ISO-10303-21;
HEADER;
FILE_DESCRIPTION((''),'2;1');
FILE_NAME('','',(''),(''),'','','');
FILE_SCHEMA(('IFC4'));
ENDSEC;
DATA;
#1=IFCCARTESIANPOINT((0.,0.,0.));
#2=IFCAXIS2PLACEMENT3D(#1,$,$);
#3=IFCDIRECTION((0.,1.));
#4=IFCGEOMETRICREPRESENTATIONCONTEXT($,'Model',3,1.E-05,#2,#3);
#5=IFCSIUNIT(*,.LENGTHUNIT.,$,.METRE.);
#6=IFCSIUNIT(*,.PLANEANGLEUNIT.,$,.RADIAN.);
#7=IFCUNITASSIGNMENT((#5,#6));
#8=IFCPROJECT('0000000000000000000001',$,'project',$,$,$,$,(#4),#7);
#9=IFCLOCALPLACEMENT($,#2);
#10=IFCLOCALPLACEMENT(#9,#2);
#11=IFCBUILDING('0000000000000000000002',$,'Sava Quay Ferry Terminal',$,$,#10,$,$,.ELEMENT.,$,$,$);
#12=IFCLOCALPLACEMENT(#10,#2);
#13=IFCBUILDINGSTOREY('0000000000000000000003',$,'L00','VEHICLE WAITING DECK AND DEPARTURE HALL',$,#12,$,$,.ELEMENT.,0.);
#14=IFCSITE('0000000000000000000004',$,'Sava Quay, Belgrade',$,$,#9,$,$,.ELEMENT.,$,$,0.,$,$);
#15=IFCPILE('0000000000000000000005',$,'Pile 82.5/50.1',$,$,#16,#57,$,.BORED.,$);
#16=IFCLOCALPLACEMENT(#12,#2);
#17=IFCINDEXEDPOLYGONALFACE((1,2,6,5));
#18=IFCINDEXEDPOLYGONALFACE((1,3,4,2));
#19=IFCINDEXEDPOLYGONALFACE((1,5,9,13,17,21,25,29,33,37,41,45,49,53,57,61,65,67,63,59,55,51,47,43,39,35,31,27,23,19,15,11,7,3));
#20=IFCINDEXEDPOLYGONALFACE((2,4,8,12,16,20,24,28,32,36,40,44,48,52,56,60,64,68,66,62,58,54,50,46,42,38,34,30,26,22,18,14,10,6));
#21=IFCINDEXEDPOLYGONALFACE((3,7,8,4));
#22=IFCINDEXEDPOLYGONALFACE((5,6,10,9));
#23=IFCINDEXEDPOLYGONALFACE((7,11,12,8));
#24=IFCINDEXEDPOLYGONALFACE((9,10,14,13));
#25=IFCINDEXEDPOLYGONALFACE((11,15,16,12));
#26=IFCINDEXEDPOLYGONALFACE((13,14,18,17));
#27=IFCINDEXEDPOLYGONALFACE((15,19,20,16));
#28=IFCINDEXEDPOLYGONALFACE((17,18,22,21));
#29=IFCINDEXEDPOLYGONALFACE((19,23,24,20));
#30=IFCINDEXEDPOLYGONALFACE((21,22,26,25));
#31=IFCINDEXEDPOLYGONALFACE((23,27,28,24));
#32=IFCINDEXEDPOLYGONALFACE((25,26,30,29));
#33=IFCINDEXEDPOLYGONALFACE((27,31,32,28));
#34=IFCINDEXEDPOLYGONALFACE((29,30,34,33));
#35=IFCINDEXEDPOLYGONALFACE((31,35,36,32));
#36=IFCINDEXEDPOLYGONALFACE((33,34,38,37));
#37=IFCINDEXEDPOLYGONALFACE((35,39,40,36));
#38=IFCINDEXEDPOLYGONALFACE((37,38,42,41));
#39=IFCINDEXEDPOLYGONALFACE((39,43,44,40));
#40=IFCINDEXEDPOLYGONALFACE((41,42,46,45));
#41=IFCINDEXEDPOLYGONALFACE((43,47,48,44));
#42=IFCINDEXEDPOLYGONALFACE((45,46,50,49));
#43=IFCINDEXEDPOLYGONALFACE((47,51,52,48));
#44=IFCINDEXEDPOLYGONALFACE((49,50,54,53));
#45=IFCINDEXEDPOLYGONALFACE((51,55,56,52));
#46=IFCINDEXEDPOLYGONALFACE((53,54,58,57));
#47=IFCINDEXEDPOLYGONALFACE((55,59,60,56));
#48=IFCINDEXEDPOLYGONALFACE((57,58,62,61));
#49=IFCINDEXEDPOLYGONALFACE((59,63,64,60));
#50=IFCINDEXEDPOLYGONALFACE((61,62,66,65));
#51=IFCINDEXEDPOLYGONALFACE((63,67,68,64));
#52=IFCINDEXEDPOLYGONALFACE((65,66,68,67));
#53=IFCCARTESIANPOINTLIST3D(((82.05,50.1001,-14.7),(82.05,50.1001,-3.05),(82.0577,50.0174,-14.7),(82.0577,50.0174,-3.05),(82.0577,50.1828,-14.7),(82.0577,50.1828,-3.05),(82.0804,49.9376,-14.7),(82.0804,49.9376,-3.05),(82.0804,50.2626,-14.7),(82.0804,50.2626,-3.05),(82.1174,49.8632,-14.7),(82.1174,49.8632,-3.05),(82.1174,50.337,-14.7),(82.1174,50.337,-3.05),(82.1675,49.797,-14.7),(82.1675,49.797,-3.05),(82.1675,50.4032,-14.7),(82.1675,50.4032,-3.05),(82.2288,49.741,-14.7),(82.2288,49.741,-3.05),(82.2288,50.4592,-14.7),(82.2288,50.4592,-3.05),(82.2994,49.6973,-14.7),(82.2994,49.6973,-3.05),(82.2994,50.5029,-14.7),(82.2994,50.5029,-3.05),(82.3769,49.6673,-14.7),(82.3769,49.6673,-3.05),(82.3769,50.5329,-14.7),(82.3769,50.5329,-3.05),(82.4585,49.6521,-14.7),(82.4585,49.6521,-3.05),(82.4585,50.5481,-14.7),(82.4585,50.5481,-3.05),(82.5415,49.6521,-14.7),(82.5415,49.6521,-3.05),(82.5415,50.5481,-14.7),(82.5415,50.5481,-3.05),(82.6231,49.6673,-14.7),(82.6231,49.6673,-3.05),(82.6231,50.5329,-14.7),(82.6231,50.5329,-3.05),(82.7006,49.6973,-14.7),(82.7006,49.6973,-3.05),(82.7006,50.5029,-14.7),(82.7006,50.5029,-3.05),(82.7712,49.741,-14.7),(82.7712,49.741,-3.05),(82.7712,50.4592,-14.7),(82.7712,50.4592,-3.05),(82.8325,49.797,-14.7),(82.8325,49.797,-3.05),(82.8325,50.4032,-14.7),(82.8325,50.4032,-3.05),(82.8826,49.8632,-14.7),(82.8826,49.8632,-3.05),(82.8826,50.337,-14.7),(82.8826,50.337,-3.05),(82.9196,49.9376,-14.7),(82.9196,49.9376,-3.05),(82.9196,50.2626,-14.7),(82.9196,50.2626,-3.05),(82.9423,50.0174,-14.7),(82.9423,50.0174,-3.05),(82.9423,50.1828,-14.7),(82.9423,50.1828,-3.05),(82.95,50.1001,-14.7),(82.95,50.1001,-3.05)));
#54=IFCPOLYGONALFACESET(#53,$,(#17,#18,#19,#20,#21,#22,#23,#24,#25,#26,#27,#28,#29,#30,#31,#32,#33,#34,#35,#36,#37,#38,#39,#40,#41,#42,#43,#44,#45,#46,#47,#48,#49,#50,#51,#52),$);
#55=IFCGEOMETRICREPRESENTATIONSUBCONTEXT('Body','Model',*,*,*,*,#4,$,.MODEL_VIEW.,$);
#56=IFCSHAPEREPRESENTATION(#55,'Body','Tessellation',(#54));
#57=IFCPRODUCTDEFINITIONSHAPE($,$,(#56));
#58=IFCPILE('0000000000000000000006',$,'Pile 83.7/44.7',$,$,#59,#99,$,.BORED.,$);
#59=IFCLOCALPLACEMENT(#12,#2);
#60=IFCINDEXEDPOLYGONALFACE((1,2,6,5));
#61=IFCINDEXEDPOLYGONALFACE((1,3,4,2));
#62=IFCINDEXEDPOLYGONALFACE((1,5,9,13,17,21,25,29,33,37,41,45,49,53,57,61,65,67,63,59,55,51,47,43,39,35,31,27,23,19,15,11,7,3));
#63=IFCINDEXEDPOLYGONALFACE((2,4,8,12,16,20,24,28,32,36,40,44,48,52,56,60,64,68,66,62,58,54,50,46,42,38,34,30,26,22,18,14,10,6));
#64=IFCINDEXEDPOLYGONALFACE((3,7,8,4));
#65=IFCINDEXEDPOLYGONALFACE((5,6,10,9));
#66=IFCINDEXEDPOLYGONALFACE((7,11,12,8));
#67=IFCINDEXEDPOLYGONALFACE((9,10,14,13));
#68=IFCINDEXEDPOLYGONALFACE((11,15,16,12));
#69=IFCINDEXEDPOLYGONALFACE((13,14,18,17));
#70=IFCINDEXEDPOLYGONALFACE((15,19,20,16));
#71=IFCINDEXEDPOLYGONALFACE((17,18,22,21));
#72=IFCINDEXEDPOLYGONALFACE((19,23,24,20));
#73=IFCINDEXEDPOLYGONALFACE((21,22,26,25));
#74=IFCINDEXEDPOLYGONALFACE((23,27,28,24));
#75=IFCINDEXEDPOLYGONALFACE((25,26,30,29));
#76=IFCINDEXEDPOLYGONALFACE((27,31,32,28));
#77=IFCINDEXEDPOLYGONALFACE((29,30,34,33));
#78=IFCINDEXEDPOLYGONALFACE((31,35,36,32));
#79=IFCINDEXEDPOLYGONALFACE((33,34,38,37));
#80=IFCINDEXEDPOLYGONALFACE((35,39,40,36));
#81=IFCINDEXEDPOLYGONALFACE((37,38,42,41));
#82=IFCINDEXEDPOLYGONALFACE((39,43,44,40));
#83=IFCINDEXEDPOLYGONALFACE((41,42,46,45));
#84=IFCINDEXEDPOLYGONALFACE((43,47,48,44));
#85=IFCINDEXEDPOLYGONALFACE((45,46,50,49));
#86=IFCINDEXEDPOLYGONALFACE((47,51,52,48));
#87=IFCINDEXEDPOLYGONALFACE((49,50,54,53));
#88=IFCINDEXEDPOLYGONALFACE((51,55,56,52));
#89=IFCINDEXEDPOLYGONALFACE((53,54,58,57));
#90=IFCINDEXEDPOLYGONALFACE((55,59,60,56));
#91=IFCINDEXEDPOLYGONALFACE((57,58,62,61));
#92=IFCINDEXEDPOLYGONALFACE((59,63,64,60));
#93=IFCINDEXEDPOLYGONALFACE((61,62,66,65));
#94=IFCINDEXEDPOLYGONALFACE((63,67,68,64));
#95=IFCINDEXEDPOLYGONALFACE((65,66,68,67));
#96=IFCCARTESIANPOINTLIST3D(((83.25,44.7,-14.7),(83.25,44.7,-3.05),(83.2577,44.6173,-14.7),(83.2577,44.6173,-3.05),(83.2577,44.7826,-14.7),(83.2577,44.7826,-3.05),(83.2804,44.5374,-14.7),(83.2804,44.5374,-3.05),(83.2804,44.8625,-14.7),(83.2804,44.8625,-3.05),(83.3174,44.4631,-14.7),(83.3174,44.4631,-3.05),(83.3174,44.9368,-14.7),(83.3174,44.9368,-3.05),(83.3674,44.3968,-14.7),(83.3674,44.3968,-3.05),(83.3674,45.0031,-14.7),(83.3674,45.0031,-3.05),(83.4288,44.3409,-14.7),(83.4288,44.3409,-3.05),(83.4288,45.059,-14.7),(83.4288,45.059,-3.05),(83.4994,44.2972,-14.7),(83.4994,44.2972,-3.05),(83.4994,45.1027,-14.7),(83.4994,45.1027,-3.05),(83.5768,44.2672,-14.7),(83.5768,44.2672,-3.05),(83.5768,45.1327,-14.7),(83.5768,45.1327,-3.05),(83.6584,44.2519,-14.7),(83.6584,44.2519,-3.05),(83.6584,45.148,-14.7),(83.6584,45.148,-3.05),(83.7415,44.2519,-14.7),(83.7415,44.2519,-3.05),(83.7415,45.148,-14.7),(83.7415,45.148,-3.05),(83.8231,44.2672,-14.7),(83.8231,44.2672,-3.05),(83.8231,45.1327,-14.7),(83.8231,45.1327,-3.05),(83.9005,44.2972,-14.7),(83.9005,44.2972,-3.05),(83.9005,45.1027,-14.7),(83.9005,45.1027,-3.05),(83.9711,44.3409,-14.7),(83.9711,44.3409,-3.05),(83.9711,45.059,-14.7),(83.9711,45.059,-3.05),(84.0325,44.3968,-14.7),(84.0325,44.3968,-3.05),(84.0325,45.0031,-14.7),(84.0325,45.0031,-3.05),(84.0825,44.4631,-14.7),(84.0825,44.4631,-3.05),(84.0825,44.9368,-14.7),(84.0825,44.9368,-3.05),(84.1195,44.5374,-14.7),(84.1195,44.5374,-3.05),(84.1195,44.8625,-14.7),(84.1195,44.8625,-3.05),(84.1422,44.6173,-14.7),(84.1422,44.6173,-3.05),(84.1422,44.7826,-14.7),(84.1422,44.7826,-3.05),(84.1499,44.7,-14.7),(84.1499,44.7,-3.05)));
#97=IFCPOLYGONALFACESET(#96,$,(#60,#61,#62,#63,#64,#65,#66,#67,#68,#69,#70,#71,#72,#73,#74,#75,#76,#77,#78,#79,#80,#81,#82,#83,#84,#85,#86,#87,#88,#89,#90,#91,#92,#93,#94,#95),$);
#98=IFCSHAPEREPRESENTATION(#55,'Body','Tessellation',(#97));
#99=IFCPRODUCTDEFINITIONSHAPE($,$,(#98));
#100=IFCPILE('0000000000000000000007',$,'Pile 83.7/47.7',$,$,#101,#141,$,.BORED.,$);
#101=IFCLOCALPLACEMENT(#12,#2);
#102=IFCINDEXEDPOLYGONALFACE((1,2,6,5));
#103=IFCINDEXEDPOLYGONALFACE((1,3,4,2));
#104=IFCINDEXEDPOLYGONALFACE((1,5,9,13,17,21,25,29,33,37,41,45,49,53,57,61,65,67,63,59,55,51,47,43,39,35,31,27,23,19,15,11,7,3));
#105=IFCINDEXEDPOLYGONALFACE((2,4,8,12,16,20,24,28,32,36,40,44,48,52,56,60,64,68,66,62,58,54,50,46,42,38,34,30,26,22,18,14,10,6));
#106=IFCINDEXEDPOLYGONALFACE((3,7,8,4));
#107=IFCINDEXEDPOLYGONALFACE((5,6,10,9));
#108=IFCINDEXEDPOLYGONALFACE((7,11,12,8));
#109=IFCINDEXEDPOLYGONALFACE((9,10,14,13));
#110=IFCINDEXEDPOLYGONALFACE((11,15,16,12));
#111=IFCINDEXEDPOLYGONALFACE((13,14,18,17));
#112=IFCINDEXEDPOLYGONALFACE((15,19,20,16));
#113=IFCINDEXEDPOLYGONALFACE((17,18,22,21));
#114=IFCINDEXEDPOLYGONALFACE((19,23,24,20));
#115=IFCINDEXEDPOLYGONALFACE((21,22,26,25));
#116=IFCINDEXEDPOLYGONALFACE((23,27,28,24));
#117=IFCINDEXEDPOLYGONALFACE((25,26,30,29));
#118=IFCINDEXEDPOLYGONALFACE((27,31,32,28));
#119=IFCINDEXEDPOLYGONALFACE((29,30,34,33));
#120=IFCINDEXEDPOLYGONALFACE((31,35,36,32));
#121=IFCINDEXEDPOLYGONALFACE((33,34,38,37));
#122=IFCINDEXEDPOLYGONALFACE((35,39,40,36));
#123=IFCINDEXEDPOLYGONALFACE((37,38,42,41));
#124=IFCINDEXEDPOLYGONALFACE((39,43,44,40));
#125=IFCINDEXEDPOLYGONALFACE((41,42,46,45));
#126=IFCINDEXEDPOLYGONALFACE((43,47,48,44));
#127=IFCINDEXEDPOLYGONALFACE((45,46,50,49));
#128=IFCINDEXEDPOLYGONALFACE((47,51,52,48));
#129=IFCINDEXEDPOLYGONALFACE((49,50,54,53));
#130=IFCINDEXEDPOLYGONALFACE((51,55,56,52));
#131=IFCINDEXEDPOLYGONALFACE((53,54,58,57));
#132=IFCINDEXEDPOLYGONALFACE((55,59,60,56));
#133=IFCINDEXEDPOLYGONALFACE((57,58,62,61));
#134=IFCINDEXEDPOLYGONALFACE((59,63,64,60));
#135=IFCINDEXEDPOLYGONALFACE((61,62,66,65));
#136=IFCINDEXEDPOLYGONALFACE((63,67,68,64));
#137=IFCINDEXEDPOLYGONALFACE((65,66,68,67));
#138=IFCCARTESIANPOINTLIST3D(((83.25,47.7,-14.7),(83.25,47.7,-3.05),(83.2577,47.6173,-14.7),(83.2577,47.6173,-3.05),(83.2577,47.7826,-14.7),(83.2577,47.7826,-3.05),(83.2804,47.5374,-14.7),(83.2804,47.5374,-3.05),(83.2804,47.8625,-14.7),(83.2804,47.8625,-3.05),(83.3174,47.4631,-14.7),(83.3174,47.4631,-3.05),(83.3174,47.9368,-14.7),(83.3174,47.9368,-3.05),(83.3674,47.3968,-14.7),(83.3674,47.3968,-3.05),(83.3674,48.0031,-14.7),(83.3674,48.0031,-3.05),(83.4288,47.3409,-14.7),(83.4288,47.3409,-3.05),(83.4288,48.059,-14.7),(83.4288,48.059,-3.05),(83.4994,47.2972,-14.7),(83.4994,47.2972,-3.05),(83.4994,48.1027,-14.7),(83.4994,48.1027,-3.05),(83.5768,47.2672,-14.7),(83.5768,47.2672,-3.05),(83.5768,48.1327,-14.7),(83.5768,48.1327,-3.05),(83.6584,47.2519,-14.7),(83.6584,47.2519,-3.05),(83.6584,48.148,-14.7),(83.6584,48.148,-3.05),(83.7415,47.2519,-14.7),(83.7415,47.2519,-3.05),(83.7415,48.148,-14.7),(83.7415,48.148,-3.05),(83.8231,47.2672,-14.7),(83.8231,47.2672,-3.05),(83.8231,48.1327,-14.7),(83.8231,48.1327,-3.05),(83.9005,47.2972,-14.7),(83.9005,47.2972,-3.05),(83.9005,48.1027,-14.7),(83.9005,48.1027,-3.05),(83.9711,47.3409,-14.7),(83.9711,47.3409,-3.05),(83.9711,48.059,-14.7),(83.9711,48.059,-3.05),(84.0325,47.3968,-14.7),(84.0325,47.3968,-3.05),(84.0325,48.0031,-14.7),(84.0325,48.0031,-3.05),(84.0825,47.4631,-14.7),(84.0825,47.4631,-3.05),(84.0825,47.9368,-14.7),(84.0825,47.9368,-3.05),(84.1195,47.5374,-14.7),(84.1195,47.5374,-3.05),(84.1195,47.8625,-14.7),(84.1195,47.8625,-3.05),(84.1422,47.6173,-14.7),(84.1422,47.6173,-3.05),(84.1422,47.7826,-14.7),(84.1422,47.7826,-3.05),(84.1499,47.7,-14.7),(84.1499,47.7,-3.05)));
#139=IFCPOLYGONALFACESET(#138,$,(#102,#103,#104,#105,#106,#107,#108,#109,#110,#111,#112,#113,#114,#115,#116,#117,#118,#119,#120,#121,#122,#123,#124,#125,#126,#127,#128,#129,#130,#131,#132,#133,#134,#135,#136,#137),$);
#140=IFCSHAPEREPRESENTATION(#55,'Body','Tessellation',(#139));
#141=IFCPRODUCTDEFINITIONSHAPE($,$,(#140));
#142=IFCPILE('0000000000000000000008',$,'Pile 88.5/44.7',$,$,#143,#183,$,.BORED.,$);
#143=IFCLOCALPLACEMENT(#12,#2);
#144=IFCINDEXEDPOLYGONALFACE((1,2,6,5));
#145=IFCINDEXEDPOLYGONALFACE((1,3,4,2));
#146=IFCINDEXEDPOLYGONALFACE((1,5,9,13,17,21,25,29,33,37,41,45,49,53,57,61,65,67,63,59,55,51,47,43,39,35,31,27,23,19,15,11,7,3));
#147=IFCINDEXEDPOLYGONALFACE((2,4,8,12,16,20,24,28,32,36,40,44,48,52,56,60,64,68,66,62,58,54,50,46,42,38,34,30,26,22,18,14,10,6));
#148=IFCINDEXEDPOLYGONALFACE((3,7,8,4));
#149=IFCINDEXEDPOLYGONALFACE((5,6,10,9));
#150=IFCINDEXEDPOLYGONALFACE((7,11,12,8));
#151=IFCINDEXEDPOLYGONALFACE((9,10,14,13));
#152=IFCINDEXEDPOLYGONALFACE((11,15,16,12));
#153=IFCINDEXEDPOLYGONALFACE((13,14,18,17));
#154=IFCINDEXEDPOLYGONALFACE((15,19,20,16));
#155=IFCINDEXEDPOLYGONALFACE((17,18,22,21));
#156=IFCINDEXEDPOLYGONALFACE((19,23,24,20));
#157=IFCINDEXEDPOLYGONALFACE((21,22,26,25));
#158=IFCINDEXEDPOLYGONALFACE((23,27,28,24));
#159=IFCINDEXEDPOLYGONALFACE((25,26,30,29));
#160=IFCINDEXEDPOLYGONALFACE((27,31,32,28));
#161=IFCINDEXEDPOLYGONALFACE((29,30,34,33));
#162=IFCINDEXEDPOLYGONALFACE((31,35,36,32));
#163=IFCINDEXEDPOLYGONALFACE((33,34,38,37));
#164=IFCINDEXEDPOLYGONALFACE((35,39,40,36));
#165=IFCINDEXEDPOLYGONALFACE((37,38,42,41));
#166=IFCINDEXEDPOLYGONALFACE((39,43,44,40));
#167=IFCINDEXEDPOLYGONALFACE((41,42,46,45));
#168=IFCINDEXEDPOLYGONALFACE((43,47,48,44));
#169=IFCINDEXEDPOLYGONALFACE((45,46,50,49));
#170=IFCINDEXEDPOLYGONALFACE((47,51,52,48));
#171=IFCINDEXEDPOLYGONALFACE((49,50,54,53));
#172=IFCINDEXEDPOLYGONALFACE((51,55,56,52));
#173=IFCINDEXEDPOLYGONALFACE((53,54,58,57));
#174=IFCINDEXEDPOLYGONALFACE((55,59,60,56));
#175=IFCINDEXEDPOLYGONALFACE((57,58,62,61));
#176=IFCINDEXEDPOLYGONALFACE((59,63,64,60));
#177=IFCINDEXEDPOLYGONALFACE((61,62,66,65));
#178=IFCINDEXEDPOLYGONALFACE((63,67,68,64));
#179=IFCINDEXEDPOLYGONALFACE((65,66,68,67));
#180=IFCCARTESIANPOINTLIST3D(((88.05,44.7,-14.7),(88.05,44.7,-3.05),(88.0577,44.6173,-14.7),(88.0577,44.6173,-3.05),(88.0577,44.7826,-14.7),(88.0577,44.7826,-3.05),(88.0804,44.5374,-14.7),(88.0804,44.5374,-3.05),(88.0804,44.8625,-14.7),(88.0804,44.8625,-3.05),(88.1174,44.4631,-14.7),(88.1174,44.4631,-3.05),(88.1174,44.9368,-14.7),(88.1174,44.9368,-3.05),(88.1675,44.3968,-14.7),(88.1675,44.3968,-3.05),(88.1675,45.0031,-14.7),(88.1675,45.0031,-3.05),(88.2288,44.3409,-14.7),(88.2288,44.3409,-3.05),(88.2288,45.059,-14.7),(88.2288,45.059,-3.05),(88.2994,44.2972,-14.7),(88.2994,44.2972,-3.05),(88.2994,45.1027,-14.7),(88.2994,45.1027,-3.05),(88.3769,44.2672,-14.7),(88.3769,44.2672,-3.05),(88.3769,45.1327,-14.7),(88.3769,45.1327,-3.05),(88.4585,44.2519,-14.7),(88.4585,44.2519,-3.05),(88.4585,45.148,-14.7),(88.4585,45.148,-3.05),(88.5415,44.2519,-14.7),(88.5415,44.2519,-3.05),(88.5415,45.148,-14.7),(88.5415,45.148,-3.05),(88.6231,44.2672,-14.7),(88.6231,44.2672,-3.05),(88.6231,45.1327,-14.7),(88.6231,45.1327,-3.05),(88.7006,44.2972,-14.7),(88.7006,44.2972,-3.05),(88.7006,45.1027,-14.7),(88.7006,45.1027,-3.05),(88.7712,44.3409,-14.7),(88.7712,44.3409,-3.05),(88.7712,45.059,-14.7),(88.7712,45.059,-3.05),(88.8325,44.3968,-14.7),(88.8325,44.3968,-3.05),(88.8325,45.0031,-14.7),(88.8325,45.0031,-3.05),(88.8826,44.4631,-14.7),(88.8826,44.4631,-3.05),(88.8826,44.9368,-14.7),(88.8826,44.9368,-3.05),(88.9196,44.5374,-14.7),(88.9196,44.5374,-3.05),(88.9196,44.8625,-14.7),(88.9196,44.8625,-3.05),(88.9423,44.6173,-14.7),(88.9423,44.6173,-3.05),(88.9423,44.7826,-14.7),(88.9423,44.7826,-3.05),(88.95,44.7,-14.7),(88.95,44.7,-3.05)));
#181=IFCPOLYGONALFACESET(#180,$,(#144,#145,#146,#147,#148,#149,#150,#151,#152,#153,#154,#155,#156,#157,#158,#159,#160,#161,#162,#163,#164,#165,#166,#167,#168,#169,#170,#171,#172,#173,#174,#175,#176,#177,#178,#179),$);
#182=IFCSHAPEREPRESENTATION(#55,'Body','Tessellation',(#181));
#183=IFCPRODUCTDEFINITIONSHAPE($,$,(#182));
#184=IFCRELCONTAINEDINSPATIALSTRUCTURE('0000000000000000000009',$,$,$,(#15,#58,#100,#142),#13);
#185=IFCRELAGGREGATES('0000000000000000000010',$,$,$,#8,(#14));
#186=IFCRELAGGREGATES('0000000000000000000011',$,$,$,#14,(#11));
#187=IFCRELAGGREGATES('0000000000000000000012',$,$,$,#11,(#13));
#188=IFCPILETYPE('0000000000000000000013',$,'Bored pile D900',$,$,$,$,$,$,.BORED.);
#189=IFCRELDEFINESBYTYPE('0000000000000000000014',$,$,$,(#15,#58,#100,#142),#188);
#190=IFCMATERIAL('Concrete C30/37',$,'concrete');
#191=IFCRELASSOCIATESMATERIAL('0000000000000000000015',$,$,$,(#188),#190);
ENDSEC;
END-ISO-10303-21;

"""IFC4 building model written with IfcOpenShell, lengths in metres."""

from ifc_helpers import new_model, si_unit, direction, frame, origin, origin_2d, place, context, subcontext, project, spatial, circle, extrude, material, material_profile, profile_set, type_object, element, save


model = new_model("IFC4")

# Units and contexts
model_context = context("Model", 3, precision=1e-05, world=origin(), true_north=direction((0.0, 1.0)))
body_context = subcontext(model_context, "Body", "Model", "MODEL_VIEW")
ifc_project = project(units=[si_unit("LENGTHUNIT", "METRE"), si_unit("PLANEANGLEUNIT", "RADIAN")], contexts=[model_context])

# Site, building, storey
site_placement = place(None, origin())
site = spatial("IfcSite", under=ifc_project, at=site_placement, Name="Sava Quay, Belgrade", CompositionType="ELEMENT", RefElevation=0.0)
building_placement = place(site_placement, origin())
building = spatial("IfcBuilding", under=site, at=building_placement, Name="Sava Quay Ferry Terminal", CompositionType="ELEMENT")
storey_placement = place(building_placement, origin())
storey = spatial("IfcBuildingStorey", under=building, at=storey_placement, Name="L00", Description="VEHICLE WAITING DECK AND DEPARTURE HALL", CompositionType="ELEMENT", Elevation=0.0)

# Piles
ifc_material_1 = material(Name="Concrete C30/37", Category="concrete")
ifc_material_profile_1 = material_profile(ifc_material_1, circle(Radius=0.45, at=origin_2d()), Name="Bored pile D900")
ifc_profile_set_1 = profile_set([ifc_material_profile_1], Name="Concrete C30/37")
pile_type = type_object("IfcPileType", Name="Bored pile D900", PredefinedType="BORED", material=ifc_profile_set_1)
for number, where, z_axis, x_axis, name in (
    (1, (82.5, 50.1001, -3.05), (0.0, 0.0, -1.0), (1.0, 0.0, 0.0), "Pile 82.5/50.1"),
    (2, (83.7, 44.7, -3.05), (0.0, 0.0, -1.0), (1.0, 0.0, 0.0), "Pile 83.7/44.7"),
    (3, (83.7, 47.7, -3.05), (0.0, 0.0, -1.0), (1.0, 0.0, 0.0), "Pile 83.7/47.7"),
    (4, (88.5, 44.7, -3.05), (0.0, 0.0, -1.0), (1.0, 0.0, 0.0), "Pile 88.5/44.7"),
):
    element("IfcPile", number, at=place(storey_placement, frame(where, z_axis=z_axis, x_axis=x_axis)), inside=storey, type_object=pile_type, Name=name, PredefinedType="BORED", context=body_context, shape_type="SweptSolid", body=[
        extrude(circle(Radius=0.45, at=origin_2d()), origin(), (0.0, 0.0, 1.0), 11.6499),
    ])

save(model, "model.ifc")
